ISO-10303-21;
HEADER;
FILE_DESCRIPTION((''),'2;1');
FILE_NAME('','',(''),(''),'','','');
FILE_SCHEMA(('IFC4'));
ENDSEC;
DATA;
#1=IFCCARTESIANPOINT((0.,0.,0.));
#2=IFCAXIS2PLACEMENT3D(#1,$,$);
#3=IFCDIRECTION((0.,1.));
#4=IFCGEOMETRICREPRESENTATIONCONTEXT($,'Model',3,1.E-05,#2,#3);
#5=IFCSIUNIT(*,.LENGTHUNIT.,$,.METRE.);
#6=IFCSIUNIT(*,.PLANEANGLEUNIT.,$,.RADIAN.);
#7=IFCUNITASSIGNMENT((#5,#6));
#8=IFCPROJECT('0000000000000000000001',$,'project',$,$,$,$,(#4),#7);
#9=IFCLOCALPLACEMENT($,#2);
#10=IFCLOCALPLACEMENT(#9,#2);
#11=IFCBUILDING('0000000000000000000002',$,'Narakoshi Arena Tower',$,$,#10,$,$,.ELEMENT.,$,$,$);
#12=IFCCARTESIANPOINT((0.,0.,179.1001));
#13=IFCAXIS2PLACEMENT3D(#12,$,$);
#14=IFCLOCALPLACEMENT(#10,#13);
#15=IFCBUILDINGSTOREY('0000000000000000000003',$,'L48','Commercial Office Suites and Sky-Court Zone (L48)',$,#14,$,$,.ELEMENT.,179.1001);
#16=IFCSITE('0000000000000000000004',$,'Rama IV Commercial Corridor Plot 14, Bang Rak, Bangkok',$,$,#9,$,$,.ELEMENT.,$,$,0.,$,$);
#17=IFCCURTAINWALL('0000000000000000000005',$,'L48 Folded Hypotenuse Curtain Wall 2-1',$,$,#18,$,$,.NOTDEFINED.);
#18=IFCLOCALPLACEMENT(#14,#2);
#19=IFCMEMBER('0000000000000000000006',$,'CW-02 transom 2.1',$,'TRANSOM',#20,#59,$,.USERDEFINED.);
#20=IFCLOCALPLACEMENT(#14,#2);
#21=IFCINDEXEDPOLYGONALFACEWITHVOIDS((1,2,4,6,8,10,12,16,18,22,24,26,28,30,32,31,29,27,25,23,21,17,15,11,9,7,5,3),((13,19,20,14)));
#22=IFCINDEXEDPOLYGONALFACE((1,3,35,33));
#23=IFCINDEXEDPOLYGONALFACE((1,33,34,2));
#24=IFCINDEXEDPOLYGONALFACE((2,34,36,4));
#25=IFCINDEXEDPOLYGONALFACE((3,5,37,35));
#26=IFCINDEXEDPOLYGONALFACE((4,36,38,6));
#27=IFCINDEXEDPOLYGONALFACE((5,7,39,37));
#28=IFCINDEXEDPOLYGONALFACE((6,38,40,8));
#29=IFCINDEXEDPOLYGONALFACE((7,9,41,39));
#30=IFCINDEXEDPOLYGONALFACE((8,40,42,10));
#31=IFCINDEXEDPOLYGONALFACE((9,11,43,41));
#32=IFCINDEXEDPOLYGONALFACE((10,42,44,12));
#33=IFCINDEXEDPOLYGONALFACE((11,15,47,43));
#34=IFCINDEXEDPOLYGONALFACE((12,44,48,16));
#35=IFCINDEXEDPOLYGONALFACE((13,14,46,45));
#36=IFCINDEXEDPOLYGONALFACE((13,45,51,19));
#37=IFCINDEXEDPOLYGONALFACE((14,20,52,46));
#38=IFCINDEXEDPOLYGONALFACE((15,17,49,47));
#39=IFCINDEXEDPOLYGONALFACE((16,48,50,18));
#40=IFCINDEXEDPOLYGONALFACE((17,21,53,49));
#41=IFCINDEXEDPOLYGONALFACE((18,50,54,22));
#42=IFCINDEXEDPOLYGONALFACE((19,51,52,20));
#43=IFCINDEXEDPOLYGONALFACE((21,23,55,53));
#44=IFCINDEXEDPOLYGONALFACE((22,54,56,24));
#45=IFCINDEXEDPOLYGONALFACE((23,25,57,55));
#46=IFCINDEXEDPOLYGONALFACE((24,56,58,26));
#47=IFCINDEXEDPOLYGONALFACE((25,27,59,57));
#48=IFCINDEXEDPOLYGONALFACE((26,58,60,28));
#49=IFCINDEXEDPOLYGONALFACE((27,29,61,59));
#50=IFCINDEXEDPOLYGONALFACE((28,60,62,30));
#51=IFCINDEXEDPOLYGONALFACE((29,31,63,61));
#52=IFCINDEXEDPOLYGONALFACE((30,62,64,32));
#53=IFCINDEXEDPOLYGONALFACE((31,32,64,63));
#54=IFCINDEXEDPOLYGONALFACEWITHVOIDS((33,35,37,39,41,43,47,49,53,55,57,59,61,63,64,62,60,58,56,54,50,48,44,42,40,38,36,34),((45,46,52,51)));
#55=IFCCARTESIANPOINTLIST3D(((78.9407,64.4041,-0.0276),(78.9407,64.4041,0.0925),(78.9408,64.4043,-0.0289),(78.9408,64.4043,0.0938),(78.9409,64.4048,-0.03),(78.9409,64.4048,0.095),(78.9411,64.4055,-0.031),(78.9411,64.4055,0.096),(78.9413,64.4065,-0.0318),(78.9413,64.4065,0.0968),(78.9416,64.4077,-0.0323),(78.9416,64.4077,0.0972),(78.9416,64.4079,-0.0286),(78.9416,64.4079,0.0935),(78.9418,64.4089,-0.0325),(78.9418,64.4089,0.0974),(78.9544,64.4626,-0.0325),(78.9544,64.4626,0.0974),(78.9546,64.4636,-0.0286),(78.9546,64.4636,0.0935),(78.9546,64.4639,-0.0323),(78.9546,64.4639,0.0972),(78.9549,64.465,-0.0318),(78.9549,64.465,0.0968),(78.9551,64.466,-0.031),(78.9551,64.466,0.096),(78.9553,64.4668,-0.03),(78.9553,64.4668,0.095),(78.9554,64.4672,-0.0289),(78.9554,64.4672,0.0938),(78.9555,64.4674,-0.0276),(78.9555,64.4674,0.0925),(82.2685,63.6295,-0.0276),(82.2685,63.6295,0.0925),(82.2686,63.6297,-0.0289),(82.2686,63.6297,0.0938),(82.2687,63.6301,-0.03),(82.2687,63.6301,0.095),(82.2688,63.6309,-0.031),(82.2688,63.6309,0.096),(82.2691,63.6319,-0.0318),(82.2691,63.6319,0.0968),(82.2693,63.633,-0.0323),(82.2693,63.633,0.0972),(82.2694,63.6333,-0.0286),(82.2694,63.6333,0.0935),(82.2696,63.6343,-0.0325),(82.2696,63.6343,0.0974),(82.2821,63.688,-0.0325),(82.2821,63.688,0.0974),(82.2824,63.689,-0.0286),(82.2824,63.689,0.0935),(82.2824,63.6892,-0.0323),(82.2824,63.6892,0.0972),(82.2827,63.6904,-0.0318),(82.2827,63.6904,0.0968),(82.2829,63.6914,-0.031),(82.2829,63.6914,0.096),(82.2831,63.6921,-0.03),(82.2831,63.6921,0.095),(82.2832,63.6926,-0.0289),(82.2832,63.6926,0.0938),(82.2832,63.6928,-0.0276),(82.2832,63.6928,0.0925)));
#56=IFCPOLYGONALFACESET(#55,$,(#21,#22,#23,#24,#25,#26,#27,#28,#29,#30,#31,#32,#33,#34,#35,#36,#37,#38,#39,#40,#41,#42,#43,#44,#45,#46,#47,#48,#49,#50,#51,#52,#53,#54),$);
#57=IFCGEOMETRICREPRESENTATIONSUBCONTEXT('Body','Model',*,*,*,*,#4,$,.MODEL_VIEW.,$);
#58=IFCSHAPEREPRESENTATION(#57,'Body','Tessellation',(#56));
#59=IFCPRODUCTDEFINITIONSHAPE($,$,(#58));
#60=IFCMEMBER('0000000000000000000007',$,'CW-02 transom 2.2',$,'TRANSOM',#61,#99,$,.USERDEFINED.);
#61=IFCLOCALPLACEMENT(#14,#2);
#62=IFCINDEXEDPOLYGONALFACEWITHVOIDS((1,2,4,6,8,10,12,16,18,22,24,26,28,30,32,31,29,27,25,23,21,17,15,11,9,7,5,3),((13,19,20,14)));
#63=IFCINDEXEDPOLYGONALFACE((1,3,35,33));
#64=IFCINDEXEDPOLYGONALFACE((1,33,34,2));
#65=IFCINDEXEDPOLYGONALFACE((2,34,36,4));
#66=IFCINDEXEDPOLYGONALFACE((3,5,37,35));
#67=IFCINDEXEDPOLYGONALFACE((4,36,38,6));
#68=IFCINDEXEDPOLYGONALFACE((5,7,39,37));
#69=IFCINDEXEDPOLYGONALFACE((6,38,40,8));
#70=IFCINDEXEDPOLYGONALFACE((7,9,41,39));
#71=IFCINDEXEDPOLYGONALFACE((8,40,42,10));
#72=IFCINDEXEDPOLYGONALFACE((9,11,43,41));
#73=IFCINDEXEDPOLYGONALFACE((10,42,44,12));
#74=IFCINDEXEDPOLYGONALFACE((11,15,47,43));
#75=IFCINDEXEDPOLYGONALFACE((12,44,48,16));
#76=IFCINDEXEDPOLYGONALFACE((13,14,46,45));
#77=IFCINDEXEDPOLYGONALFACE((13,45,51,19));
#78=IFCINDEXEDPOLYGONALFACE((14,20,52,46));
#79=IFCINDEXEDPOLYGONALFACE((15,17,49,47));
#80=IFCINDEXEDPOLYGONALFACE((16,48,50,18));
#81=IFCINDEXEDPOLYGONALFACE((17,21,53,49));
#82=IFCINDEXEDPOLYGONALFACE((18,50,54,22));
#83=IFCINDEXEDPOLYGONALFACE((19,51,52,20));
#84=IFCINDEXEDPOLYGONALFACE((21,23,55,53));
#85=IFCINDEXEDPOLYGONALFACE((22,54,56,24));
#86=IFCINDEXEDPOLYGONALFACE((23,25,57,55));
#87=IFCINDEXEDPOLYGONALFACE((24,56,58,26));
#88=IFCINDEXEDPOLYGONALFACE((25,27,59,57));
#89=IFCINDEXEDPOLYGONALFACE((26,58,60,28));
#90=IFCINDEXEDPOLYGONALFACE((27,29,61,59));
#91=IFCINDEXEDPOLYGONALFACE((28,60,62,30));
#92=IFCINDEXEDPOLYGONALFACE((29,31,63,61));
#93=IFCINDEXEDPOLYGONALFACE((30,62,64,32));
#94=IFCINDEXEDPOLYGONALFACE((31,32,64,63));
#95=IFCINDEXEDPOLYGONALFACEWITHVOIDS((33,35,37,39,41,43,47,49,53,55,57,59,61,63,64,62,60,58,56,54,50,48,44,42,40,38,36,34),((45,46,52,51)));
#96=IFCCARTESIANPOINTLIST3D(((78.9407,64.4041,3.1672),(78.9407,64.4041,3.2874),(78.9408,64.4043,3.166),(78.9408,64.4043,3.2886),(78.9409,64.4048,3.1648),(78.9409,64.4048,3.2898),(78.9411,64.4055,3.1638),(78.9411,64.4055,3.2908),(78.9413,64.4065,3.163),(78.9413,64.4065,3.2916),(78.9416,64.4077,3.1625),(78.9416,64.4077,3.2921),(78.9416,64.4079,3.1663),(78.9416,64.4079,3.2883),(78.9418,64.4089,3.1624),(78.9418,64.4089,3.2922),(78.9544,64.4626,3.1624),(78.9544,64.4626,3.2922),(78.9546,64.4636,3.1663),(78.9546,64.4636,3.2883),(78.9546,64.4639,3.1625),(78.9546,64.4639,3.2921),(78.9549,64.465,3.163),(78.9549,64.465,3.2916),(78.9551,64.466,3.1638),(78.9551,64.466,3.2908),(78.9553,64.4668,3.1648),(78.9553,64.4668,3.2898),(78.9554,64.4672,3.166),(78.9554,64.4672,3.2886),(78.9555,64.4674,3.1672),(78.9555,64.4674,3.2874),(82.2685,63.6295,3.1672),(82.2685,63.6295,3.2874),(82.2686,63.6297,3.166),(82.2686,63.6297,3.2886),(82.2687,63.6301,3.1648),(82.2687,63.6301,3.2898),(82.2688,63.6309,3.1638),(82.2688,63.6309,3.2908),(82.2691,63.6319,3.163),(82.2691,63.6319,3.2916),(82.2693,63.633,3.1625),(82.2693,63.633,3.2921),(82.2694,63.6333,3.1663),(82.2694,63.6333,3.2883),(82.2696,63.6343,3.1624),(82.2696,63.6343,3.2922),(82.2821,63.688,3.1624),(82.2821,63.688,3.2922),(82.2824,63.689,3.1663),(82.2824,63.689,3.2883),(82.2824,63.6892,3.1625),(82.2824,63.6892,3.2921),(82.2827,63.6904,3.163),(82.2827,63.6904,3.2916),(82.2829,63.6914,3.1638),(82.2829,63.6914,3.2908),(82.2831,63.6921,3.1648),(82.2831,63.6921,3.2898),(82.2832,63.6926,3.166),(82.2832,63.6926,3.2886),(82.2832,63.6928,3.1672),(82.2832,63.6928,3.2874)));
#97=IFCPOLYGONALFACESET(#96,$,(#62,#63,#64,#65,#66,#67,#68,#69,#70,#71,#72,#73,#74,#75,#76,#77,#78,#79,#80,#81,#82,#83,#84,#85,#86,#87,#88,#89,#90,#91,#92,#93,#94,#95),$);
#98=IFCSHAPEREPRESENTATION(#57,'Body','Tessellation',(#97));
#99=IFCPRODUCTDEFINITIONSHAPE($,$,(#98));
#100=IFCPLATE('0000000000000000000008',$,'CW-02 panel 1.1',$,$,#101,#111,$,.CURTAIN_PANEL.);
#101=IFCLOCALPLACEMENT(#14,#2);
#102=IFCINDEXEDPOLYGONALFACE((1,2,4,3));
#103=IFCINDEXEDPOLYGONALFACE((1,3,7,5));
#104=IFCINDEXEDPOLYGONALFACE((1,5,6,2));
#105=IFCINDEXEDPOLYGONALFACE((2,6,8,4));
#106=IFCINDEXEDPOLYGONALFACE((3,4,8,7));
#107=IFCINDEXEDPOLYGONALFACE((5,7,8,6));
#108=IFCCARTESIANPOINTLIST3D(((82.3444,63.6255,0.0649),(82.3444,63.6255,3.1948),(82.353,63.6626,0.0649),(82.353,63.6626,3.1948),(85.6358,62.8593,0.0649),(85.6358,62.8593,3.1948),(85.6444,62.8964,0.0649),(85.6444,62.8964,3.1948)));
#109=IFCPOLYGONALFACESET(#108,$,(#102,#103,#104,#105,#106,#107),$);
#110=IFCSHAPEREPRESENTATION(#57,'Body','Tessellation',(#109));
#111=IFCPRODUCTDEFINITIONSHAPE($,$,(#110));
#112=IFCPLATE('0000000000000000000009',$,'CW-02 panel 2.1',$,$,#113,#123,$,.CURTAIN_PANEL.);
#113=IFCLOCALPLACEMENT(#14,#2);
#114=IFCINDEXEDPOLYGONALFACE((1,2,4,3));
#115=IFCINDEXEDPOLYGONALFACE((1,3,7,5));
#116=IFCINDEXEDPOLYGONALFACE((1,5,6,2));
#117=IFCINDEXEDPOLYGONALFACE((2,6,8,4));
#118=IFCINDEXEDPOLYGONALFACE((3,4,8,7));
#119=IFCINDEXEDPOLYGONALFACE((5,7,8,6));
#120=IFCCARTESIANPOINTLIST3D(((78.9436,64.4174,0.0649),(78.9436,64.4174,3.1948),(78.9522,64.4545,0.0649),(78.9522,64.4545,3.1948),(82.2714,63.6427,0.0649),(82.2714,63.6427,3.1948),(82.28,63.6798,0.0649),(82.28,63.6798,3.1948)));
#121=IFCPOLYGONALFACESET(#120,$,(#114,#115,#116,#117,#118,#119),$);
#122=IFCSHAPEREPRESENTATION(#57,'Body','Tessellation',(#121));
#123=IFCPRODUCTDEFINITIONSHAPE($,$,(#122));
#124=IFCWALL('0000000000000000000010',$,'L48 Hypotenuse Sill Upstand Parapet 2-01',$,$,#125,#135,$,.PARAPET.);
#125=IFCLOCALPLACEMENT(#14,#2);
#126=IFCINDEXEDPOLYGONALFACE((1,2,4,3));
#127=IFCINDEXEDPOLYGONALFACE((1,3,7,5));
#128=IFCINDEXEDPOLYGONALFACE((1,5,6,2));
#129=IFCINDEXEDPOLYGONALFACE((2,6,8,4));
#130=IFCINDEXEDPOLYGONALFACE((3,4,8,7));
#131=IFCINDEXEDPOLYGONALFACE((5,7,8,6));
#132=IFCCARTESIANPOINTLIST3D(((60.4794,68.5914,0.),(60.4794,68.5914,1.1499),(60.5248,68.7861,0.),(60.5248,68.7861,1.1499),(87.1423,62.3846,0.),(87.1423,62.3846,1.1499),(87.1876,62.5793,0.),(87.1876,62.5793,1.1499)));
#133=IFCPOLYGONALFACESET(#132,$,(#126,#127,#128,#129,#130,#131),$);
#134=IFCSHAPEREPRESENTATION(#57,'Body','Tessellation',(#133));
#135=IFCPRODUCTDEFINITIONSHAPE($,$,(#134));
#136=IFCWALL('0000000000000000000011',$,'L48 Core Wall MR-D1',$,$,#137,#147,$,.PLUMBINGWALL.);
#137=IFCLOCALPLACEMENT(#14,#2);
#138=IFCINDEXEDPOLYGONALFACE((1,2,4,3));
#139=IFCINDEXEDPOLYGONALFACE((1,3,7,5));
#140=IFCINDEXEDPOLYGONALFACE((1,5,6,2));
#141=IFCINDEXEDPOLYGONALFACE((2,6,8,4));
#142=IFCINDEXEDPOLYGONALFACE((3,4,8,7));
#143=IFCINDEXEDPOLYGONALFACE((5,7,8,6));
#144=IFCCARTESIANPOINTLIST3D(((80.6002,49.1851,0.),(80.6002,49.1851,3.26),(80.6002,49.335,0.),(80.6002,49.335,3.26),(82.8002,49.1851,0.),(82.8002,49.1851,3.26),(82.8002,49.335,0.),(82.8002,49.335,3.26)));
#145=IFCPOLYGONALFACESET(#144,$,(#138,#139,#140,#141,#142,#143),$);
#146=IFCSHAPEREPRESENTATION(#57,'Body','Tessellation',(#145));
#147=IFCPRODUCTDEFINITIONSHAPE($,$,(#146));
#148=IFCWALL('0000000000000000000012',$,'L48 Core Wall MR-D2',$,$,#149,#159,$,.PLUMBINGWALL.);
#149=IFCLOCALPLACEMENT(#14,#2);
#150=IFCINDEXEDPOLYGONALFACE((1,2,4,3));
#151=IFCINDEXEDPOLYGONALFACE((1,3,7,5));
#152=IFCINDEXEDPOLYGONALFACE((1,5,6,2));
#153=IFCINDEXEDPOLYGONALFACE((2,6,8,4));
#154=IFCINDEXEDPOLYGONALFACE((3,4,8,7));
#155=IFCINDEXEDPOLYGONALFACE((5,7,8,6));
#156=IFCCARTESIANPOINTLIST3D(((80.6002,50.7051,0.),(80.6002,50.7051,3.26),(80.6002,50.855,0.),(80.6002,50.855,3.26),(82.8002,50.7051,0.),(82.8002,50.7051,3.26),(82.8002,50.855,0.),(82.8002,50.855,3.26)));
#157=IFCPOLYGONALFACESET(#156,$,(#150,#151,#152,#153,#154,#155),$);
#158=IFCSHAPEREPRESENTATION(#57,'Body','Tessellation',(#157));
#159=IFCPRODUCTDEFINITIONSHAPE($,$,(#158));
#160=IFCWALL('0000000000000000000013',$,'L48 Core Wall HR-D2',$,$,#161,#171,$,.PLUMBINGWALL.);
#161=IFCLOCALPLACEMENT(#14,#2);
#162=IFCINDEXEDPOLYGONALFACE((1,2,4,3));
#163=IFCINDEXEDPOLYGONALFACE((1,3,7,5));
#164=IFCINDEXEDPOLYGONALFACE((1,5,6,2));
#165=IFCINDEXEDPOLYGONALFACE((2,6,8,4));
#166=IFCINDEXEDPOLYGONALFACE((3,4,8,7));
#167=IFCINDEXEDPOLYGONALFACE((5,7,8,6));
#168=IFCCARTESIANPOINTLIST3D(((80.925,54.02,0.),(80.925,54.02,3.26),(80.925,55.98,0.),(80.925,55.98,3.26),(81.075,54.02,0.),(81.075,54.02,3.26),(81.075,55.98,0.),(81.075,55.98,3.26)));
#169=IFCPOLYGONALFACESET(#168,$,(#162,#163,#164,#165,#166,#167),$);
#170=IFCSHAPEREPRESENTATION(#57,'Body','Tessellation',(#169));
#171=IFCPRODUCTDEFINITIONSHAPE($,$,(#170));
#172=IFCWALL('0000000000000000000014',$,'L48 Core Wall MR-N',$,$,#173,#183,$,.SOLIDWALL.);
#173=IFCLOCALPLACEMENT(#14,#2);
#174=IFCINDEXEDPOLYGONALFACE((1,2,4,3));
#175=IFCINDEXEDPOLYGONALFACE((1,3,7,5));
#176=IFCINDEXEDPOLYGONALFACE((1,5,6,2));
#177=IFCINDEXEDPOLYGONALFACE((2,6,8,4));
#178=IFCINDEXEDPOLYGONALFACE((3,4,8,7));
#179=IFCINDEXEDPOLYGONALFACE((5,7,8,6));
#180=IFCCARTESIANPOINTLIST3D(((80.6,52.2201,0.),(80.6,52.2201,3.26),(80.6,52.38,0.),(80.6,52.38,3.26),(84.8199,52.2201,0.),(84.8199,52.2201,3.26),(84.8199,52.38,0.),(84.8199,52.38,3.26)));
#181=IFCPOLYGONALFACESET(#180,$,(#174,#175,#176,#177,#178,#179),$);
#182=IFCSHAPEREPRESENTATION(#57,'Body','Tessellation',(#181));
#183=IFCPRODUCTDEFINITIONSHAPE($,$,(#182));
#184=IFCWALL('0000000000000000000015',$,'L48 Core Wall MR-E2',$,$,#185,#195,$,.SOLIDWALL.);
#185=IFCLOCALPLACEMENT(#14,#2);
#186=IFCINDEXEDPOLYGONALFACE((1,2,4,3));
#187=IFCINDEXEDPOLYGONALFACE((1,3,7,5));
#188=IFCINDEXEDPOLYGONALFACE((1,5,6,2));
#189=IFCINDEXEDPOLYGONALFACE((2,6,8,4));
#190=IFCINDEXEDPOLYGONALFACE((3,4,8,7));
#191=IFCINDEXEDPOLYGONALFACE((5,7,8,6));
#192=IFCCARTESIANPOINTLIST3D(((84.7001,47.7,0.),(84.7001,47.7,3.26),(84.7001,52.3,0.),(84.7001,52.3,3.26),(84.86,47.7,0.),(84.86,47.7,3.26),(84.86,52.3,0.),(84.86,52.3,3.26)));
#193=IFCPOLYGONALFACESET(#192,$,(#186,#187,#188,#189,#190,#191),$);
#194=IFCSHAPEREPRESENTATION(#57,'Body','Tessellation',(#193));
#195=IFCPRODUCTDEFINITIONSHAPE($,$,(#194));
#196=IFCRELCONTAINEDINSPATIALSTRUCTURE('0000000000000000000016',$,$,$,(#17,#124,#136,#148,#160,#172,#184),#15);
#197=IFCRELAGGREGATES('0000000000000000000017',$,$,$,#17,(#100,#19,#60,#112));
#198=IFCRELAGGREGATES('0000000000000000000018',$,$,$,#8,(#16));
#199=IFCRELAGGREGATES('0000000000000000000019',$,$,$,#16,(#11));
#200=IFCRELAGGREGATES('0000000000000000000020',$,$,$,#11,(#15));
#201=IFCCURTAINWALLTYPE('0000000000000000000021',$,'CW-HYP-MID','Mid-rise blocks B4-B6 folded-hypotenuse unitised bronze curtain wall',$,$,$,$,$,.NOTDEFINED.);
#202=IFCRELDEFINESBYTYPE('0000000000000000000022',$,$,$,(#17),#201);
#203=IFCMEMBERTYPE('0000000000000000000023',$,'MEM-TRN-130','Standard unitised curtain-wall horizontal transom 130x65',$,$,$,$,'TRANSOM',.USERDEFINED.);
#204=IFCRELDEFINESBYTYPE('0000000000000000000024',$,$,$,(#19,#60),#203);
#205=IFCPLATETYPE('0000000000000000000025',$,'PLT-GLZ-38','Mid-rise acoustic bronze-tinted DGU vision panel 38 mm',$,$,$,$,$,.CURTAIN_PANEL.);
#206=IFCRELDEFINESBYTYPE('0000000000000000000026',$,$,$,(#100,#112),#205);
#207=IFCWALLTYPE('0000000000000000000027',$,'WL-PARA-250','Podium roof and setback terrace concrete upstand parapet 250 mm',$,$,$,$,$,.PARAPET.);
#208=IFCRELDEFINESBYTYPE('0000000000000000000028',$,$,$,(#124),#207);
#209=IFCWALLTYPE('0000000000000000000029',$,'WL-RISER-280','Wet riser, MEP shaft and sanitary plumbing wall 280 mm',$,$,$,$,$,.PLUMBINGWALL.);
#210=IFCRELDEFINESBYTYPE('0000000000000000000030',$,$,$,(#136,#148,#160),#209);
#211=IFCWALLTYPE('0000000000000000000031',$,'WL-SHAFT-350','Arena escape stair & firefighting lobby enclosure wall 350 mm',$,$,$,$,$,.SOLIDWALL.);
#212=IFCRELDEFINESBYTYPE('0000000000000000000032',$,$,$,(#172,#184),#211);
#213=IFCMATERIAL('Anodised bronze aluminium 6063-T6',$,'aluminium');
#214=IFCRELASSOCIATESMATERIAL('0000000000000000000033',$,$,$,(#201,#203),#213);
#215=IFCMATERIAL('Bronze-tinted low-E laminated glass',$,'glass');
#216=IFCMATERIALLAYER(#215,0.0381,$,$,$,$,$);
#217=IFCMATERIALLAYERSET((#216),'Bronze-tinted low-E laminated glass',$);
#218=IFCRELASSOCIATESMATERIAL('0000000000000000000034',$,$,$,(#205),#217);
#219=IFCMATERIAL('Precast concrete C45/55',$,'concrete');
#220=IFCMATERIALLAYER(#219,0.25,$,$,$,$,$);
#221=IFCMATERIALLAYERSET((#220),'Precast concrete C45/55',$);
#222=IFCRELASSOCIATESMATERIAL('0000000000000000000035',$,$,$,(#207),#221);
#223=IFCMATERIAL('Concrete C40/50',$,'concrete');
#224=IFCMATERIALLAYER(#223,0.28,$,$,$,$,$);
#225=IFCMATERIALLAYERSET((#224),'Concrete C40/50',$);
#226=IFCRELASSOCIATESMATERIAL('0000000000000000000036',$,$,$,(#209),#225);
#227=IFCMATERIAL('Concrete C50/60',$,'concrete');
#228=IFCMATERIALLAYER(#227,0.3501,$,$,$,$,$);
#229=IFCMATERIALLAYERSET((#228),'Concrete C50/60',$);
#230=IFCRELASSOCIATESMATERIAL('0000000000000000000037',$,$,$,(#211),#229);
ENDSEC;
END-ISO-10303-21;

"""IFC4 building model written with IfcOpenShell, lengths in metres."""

from ifc_helpers import new_model, si_unit, direction, frame, frame_2d, origin, origin_2d, place, context, subcontext, project, spatial, rectangle, hollow_rectangle, extrude, material, layer, layer_set, material_profile, profile_set, type_object, element, aggregate, save


model = new_model("IFC4")

# Units and contexts
model_context = context("Model", 3, precision=1e-05, world=origin(), true_north=direction((0.0, 1.0)))
body_context = subcontext(model_context, "Body", "Model", "MODEL_VIEW")
ifc_project = project(units=[si_unit("LENGTHUNIT", "METRE"), si_unit("PLANEANGLEUNIT", "RADIAN")], contexts=[model_context])

# Site, building, storey
site_placement = place(None, origin())
site = spatial("IfcSite", under=ifc_project, at=site_placement, Name="Rama IV Commercial Corridor Plot 14, Bang Rak, Bangkok", CompositionType="ELEMENT", RefElevation=0.0)
building_placement = place(site_placement, origin())
building = spatial("IfcBuilding", under=site, at=building_placement, Name="Narakoshi Arena Tower", CompositionType="ELEMENT")
storey_placement = place(building_placement, frame((0.0, 0.0, 179.1001)))
storey = spatial("IfcBuildingStorey", under=building, at=storey_placement, Name="L48", Description="Commercial Office Suites and Sky-Court Zone (L48)", CompositionType="ELEMENT", Elevation=179.1001)

# Shared definitions
ifc_material_1 = material(Name="Concrete C50/60", Category="concrete")

# Shared definitions
ifc_material_2 = material(Name="Anodised bronze aluminium 6063-T6", Category="aluminium")
curtain_wall_type = type_object("IfcCurtainWallType", Name="CW-HYP-MID", Description="Mid-rise blocks B4-B6 folded-hypotenuse unitised bronze curtain wall", PredefinedType="NOTDEFINED", material=ifc_material_2)

# Curtain wall, members, plates
curtain_wall_1_placement = place(storey_placement, origin())
curtain_wall_1 = element("IfcCurtainWall", 1, at=curtain_wall_1_placement, inside=storey, type_object=curtain_wall_type, Name="L48 Folded Hypotenuse Curtain Wall 2-1", PredefinedType="NOTDEFINED")
ifc_material_profile_1 = material_profile(ifc_material_2, hollow_rectangle(XDim=0.0649, YDim=0.1299, WallThickness=0.0039, OuterFilletRadius=0.0049, at=origin_2d()), Name="TRN130x65x4")
ifc_profile_set_1 = profile_set([ifc_material_profile_1], Name="Anodised bronze aluminium 6063-T6")
member_type_1 = type_object("IfcMemberType", Name="MEM-TRN-130", Description="Standard unitised curtain-wall horizontal transom 130x65", ElementType="TRANSOM", PredefinedType="USERDEFINED", material=ifc_profile_set_1)
member_1_placement = place(storey_placement, frame((82.2759, 63.6611, 0.0325), z_axis=(-0.973961, 0.226717, 0.0), x_axis=(-0.226717, -0.973961, 0.0)))
member_1 = element("IfcMember", 2, at=member_1_placement, type_object=member_type_1, Name="CW-02 transom 2.1", ObjectType="TRANSOM", PredefinedType="USERDEFINED", context=body_context, shape_type="SweptSolid", body=[
    extrude(hollow_rectangle(XDim=0.0649, YDim=0.1299, WallThickness=0.0039, OuterFilletRadius=0.0049, at=origin_2d()), origin(), (0.0, 0.0, 1.0), 3.4167),
])
member_2_placement = place(storey_placement, frame((82.2759, 63.6611, 3.2273), z_axis=(-0.973961, 0.226717, 0.0), x_axis=(-0.226717, -0.973961, 0.0)))
member_2 = element("IfcMember", 3, at=member_2_placement, type_object=member_type_1, Name="CW-02 transom 2.2", ObjectType="TRANSOM", PredefinedType="USERDEFINED", context=body_context, shape_type="SweptSolid", body=[
    extrude(hollow_rectangle(XDim=0.0649, YDim=0.1299, WallThickness=0.0039, OuterFilletRadius=0.0049, at=origin_2d()), origin(), (0.0, 0.0, 1.0), 3.4167),
])
ifc_material_3 = material(Name="Bronze-tinted low-E laminated glass", Category="glass")
ifc_layer_1 = layer(ifc_material_3, 0.0381)
ifc_layer_set_1 = layer_set([ifc_layer_1], Name="Bronze-tinted low-E laminated glass")
plate_type = type_object("IfcPlateType", Name="PLT-GLZ-38", Description="Mid-rise acoustic bronze-tinted DGU vision panel 38 mm", PredefinedType="CURTAIN_PANEL", material=ifc_layer_set_1)
plate_1_placement = place(storey_placement, frame((83.9944, 63.261, 0.0649), z_axis=(0.0, 0.0, 1.0), x_axis=(-0.97396, 0.226721, 0.0)))
plate_1 = element("IfcPlate", 4, at=plate_1_placement, type_object=plate_type, Name="CW-02 panel 1.1", PredefinedType="CURTAIN_PANEL", context=body_context, shape_type="SweptSolid", body=[
    extrude(rectangle(XDim=3.3794, YDim=0.0381, at=origin_2d()), origin(), (0.0, 0.0, 1.0), 3.1299),
])
plate_2_placement = place(storey_placement, frame((80.6118, 64.0486, 0.0649), z_axis=(0.0, 0.0, 1.0), x_axis=(-0.97396, 0.226721, 0.0)))
plate_2 = element("IfcPlate", 5, at=plate_2_placement, type_object=plate_type, Name="CW-02 panel 2.1", PredefinedType="CURTAIN_PANEL", context=body_context, shape_type="SweptSolid", body=[
    extrude(rectangle(XDim=3.4167, YDim=0.0381, at=origin_2d()), origin(), (0.0, 0.0, 1.0), 3.1299),
])
aggregate(curtain_wall_1, [plate_1, member_1, member_2, plate_2])

# Walls
ifc_material_4 = material(Name="Precast concrete C45/55", Category="concrete")
ifc_layer_2 = layer(ifc_material_4, 0.25)
ifc_layer_set_2 = layer_set([ifc_layer_2], Name="Precast concrete C45/55")
wall_type_1 = type_object("IfcWallType", Name="WL-PARA-250", Description="Podium roof and setback terrace concrete upstand parapet 250 mm", PredefinedType="PARAPET", material=ifc_layer_set_2)
wall_1_placement = place(storey_placement, frame((87.165, 62.4819, 0.0), z_axis=(0.0, 0.0, 1.0), x_axis=(-0.973959, 0.226726, 0.0)))
element("IfcWall", 6, at=wall_1_placement, inside=storey, type_object=wall_type_1, Name="L48 Hypotenuse Sill Upstand Parapet 2-01", PredefinedType="PARAPET", context=body_context, shape_type="SweptSolid", body=[
    extrude(rectangle(XDim=27.3757, YDim=0.2, at=frame_2d((13.688, 0.0))), origin(), (0.0, 0.0, 1.0), 1.1499),
])
ifc_material_5 = material(Name="Concrete C40/50", Category="concrete")
ifc_layer_3 = layer(ifc_material_5, 0.28)
ifc_layer_set_3 = layer_set([ifc_layer_3], Name="Concrete C40/50")
wall_type_2 = type_object("IfcWallType", Name="WL-RISER-280", Description="Wet riser, MEP shaft and sanitary plumbing wall 280 mm", PredefinedType="PLUMBINGWALL", material=ifc_layer_set_3)
for number, where, z_axis, x_axis, name in (
    (7, (80.6001, 49.26, 0.0), (0.0, 0.0, 1.0), (1.0, 0.0, 0.0), "L48 Core Wall MR-D1"),
    (8, (80.6001, 50.78, 0.0), (0.0, 0.0, 1.0), (1.0, 0.0, 0.0), "L48 Core Wall MR-D2"),
):
    element("IfcWall", number, at=place(storey_placement, frame(where, z_axis=z_axis, x_axis=x_axis)), inside=storey, type_object=wall_type_2, Name=name, PredefinedType="PLUMBINGWALL", context=body_context, shape_type="SweptSolid", body=[
        extrude(rectangle(XDim=2.2, YDim=0.1499, at=frame_2d((1.1001, 0.0))), origin(), (0.0, 0.0, 1.0), 3.26),
    ])
wall_2_placement = place(storey_placement, frame((81.0, 54.02, 0.0), z_axis=(0.0, 0.0, 1.0), x_axis=(0.0, 1.0, 0.0)))
element("IfcWall", 9, at=wall_2_placement, inside=storey, type_object=wall_type_2, Name="L48 Core Wall HR-D2", PredefinedType="PLUMBINGWALL", context=body_context, shape_type="SweptSolid", body=[
    extrude(rectangle(XDim=1.96, YDim=0.1499, at=frame_2d((0.98, 0.0))), origin(), (0.0, 0.0, 1.0), 3.26),
])
ifc_layer_4 = layer(ifc_material_1, 0.3501)
ifc_layer_set_4 = layer_set([ifc_layer_4], Name="Concrete C50/60")
wall_type_3 = type_object("IfcWallType", Name="WL-SHAFT-350", Description="Arena escape stair & firefighting lobby enclosure wall 350 mm", PredefinedType="SOLIDWALL", material=ifc_layer_set_4)
wall_3_placement = place(storey_placement, frame((80.6001, 52.3, 0.0), z_axis=(0.0, 0.0, 1.0), x_axis=(1.0, 0.0, 0.0)))
element("IfcWall", 10, at=wall_3_placement, inside=storey, type_object=wall_type_3, Name="L48 Core Wall MR-N", PredefinedType="SOLIDWALL", context=body_context, shape_type="SweptSolid", body=[
    extrude(rectangle(XDim=4.22, YDim=0.1599, at=frame_2d((2.1099, 0.0))), origin(), (0.0, 0.0, 1.0), 3.26),
])
wall_4_placement = place(storey_placement, frame((84.78, 47.7, 0.0), z_axis=(0.0, 0.0, 1.0), x_axis=(0.0, 1.0, 0.0)))
element("IfcWall", 11, at=wall_4_placement, inside=storey, type_object=wall_type_3, Name="L48 Core Wall MR-E2", PredefinedType="SOLIDWALL", context=body_context, shape_type="SweptSolid", body=[
    extrude(rectangle(XDim=4.6001, YDim=0.1599, at=frame_2d((2.3, 0.0))), origin(), (0.0, 0.0, 1.0), 3.26),
])

save(model, "model.ifc")
